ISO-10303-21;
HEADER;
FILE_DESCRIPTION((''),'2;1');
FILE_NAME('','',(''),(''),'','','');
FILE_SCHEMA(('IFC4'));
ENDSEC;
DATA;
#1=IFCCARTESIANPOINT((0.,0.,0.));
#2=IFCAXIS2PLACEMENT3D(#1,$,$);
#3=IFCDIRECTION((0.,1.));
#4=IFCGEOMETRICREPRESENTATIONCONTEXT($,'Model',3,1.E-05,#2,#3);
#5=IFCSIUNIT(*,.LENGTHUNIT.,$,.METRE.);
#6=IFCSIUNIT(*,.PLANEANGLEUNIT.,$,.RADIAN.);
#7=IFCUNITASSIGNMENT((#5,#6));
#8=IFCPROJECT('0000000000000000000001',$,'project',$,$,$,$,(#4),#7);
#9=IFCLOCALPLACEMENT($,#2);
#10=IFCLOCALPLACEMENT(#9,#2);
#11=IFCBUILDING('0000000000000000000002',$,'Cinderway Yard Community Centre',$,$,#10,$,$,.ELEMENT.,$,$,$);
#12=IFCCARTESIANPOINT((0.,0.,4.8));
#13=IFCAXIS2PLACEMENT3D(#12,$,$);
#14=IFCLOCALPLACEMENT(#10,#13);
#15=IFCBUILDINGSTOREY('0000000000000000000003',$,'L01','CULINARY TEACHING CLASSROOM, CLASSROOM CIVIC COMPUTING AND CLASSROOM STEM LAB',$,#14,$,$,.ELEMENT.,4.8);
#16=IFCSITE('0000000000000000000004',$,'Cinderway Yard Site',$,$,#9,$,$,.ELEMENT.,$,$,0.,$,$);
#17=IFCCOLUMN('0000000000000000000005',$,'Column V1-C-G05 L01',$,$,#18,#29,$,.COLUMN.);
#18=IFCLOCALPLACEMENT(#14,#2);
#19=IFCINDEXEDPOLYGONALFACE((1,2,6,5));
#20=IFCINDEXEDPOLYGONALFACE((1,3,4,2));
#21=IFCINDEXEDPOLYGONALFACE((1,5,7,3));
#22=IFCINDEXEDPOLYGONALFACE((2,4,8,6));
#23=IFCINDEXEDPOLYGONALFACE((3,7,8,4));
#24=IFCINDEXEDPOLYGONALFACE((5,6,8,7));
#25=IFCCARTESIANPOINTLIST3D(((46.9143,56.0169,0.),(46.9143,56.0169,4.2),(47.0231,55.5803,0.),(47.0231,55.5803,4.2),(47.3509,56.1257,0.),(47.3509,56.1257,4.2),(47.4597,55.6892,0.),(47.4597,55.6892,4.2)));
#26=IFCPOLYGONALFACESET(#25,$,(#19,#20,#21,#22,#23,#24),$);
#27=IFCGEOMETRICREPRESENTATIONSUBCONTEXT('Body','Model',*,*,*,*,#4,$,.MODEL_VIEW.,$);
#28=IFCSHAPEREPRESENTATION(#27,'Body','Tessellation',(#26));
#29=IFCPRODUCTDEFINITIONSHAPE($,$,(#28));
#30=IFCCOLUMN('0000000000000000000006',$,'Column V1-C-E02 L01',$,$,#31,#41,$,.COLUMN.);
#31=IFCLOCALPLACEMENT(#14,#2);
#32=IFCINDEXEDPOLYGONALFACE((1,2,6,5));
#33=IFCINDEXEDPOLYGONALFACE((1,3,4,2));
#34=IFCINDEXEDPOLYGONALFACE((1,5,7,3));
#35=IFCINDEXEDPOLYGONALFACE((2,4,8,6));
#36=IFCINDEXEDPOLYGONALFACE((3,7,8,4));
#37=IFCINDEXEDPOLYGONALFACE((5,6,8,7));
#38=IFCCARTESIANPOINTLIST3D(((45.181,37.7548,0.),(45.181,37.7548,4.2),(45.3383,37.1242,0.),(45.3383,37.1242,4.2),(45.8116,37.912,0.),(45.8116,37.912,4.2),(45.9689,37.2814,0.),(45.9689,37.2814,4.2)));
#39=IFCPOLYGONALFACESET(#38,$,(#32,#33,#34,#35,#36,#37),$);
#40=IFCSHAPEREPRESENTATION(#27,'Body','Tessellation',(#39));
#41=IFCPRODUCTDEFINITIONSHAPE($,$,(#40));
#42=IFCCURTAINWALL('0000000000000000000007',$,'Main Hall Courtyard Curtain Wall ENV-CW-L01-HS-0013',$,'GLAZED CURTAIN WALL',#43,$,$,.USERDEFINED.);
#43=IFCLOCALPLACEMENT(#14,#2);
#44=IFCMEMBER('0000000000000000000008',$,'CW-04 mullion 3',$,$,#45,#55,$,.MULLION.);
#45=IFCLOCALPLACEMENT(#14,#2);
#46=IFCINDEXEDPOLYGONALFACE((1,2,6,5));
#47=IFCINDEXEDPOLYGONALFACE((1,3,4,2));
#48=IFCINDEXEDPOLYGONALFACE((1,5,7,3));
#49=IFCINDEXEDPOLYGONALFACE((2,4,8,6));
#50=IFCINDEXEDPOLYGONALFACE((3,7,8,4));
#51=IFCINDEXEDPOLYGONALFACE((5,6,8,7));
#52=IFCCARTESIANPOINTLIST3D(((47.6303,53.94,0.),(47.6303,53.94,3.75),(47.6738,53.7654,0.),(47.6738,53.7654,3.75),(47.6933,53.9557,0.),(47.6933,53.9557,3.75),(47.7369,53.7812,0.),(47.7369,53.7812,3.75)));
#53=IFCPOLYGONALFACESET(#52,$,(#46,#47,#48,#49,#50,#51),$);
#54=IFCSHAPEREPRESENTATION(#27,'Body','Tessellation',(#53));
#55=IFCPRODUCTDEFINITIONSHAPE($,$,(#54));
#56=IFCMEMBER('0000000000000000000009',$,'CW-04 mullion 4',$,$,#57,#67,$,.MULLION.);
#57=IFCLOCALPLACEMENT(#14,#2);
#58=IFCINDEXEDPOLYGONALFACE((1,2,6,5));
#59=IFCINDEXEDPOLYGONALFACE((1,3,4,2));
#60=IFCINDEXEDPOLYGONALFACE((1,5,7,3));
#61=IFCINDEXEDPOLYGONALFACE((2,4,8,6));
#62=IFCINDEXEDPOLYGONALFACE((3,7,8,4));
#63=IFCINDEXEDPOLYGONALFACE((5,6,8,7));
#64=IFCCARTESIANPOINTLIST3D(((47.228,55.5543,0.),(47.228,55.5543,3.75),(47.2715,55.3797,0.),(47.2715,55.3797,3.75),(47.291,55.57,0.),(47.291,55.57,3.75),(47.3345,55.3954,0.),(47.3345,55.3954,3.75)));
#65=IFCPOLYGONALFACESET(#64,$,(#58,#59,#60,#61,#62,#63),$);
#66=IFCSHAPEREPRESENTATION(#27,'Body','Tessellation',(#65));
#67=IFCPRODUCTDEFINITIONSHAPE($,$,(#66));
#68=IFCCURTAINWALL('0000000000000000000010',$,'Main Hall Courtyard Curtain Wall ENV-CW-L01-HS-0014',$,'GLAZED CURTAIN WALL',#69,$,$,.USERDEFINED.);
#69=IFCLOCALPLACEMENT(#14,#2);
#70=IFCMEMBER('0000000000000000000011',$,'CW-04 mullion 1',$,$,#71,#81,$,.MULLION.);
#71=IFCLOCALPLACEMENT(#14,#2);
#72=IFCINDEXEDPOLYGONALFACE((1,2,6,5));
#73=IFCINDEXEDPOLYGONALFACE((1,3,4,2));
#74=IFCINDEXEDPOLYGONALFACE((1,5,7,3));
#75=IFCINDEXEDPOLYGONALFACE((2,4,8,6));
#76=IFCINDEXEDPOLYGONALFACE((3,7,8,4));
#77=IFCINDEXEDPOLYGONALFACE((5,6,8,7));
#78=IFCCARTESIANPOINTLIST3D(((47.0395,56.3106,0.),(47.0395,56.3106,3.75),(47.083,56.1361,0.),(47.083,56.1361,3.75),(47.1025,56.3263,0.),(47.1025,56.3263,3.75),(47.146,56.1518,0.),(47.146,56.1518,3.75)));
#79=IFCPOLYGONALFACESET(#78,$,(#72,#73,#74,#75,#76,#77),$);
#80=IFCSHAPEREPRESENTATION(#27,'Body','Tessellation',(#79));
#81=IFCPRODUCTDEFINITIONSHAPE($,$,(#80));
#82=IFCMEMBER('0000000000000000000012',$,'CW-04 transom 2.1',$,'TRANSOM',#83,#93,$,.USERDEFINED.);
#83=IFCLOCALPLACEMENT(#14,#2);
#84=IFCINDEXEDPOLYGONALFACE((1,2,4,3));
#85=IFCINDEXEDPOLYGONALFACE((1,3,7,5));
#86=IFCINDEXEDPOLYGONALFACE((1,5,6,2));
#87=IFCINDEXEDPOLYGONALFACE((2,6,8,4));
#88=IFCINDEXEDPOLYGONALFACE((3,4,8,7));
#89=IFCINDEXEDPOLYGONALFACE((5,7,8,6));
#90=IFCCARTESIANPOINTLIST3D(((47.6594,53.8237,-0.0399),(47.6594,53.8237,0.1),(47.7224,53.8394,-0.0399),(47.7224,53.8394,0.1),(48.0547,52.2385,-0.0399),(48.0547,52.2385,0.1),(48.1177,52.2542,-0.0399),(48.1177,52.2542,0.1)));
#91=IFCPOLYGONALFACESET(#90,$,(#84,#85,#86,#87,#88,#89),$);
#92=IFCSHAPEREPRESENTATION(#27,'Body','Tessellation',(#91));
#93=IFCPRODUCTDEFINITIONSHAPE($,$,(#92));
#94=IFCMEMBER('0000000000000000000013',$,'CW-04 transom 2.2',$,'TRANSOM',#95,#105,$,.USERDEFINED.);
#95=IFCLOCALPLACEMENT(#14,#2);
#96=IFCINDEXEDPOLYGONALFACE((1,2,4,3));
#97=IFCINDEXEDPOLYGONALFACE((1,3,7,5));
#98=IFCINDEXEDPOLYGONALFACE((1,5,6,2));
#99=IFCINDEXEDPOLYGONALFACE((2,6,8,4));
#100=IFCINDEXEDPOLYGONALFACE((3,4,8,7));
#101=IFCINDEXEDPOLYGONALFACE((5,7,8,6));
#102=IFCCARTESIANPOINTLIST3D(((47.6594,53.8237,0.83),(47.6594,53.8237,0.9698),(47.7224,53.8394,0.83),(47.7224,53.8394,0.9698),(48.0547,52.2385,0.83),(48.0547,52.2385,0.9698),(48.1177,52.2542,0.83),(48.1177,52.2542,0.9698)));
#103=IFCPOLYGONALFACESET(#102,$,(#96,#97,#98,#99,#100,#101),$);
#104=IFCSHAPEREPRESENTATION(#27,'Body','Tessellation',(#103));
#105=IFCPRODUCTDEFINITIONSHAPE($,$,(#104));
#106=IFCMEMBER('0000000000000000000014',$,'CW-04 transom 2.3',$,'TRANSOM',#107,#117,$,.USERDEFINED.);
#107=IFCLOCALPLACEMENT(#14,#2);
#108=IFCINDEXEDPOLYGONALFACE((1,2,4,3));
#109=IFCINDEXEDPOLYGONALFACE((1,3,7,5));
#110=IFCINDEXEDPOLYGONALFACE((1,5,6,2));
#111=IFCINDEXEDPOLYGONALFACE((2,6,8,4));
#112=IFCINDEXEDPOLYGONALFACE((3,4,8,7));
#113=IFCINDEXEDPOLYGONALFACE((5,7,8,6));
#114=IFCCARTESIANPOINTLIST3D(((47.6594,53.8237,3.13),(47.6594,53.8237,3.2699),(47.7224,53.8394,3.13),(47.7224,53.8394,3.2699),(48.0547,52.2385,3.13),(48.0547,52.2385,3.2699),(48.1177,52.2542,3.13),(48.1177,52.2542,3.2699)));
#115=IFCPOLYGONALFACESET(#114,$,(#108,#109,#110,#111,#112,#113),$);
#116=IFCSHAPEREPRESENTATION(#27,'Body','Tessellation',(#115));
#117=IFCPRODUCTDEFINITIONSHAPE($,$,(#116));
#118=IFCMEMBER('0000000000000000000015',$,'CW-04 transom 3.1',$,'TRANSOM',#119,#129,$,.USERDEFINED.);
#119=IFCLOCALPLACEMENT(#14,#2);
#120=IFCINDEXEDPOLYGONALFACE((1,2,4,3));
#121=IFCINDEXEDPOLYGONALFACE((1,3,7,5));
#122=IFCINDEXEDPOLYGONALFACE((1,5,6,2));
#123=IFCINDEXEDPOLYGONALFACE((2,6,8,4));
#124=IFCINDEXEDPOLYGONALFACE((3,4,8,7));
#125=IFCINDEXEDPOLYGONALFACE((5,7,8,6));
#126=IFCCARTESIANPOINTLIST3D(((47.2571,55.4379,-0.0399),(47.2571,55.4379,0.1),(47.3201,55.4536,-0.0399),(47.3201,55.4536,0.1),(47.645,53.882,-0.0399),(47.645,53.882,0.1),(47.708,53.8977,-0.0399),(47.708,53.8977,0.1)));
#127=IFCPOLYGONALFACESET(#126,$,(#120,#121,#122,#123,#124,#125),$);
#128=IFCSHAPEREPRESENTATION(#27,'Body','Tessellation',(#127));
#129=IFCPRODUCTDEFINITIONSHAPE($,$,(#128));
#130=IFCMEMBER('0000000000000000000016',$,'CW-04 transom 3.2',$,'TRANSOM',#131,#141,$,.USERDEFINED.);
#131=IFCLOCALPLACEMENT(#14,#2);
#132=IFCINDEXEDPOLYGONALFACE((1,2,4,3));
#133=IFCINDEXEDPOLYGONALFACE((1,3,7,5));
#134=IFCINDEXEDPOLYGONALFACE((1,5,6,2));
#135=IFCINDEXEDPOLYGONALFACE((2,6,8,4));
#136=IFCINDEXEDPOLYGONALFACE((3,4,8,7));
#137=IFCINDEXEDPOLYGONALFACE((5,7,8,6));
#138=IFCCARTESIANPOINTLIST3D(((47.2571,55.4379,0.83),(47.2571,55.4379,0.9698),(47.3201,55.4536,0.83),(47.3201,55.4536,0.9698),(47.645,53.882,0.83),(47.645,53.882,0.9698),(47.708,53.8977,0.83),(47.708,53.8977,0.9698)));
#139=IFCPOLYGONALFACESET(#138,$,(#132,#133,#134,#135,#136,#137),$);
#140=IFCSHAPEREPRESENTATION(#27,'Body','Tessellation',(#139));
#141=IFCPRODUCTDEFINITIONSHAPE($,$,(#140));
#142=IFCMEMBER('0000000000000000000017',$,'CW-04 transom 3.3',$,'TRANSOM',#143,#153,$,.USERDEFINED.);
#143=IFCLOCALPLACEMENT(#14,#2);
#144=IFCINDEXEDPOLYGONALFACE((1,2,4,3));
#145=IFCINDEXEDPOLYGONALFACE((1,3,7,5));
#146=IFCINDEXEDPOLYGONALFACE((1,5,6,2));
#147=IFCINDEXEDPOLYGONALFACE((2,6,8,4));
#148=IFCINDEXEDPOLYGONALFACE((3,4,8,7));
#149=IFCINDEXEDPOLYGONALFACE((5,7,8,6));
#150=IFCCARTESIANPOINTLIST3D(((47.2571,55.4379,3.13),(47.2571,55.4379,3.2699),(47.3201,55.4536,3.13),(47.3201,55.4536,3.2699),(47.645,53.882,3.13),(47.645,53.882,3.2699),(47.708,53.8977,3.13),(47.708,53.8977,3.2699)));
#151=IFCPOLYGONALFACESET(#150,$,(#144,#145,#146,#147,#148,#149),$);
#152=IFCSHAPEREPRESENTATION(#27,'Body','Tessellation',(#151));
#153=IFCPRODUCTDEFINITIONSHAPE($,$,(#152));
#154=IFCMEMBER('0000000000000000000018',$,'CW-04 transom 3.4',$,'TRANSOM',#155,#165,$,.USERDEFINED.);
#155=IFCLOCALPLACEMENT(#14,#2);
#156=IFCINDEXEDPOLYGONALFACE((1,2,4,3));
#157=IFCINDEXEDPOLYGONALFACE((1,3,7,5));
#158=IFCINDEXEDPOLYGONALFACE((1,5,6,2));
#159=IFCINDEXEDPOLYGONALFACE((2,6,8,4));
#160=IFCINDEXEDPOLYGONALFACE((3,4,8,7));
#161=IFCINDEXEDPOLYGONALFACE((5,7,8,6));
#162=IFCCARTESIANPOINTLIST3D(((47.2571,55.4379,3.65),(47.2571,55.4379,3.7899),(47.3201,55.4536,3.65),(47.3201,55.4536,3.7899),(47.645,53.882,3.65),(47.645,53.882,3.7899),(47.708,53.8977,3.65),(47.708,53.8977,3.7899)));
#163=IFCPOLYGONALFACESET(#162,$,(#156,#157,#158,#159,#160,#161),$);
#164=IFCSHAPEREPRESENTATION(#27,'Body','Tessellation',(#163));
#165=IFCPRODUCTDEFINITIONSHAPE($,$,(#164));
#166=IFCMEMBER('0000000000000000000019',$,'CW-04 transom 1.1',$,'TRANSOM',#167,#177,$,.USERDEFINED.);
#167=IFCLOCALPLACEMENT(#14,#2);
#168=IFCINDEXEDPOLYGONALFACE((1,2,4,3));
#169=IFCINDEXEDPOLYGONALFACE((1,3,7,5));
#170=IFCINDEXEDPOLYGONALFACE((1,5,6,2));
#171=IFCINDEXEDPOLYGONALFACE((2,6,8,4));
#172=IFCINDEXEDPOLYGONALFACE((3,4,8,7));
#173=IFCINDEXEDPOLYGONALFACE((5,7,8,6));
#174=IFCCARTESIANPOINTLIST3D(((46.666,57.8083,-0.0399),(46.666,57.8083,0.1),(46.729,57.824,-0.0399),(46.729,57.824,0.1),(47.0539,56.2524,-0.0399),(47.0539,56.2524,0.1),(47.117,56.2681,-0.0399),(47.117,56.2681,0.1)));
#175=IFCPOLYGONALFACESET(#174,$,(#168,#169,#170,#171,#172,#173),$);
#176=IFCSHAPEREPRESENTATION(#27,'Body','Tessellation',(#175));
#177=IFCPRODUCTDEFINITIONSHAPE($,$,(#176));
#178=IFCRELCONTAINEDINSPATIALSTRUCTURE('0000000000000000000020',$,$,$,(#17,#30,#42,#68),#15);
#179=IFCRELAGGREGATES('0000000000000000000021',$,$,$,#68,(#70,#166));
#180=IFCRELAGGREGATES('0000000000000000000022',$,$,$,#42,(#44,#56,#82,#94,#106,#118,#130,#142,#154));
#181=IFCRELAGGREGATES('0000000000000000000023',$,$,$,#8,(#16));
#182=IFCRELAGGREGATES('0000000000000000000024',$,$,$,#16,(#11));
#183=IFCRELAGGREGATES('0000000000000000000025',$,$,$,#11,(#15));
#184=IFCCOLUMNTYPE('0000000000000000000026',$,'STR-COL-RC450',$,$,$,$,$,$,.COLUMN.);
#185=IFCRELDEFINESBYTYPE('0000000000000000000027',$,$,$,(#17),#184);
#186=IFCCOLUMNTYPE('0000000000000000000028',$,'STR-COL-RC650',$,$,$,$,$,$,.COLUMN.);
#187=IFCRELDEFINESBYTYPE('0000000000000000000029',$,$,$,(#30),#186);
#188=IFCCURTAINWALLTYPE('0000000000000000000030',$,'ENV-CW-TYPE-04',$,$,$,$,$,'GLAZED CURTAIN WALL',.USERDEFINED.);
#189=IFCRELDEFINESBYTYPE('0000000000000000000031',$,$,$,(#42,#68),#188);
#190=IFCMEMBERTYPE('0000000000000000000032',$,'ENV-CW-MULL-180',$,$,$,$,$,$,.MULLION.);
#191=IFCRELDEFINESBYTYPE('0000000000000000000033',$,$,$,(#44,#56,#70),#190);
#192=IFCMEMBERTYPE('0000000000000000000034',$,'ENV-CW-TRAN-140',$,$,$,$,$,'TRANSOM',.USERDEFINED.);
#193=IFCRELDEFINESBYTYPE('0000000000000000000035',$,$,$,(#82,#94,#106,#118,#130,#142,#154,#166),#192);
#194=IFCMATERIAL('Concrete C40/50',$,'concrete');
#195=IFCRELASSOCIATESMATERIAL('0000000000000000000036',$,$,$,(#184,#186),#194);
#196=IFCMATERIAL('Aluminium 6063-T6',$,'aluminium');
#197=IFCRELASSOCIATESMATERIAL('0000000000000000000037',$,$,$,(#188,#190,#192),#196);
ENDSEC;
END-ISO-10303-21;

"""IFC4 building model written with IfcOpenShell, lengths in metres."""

from ifc_helpers import new_model, si_unit, direction, frame, origin, origin_2d, place, context, subcontext, project, spatial, rectangle, extrude, material, material_profile, profile_set, type_object, element, aggregate, save


model = new_model("IFC4")

# Units and contexts
model_context = context("Model", 3, precision=1e-05, world=origin(), true_north=direction((0.0, 1.0)))
body_context = subcontext(model_context, "Body", "Model", "MODEL_VIEW")
ifc_project = project(units=[si_unit("LENGTHUNIT", "METRE"), si_unit("PLANEANGLEUNIT", "RADIAN")], contexts=[model_context])

# Site, building, storey
site_placement = place(None, origin())
site = spatial("IfcSite", under=ifc_project, at=site_placement, Name="Cinderway Yard Site", CompositionType="ELEMENT", RefElevation=0.0)
building_placement = place(site_placement, origin())
building = spatial("IfcBuilding", under=site, at=building_placement, Name="Cinderway Yard Community Centre", CompositionType="ELEMENT")
storey_placement = place(building_placement, frame((0.0, 0.0, 4.8)))
storey = spatial("IfcBuildingStorey", under=building, at=storey_placement, Name="L01", Description="CULINARY TEACHING CLASSROOM, CLASSROOM CIVIC COMPUTING AND CLASSROOM STEM LAB", CompositionType="ELEMENT", Elevation=4.8)

# Columns
ifc_material_1 = material(Name="Concrete C40/50", Category="concrete")
ifc_material_profile_1 = material_profile(ifc_material_1, rectangle(XDim=0.45, YDim=0.45, at=origin_2d()), Name="Concrete C40/50")
ifc_profile_set_1 = profile_set([ifc_material_profile_1], Name="Concrete C40/50")
column_type_1 = type_object("IfcColumnType", Name="STR-COL-RC450", PredefinedType="COLUMN", material=ifc_profile_set_1)
column_1_placement = place(storey_placement, frame((47.187, 55.853, 0.0), z_axis=(0.0, 0.0, 1.0), x_axis=(0.970296, 0.241922, 0.0)))
element("IfcColumn", 1, at=column_1_placement, inside=storey, type_object=column_type_1, Name="Column V1-C-G05 L01", PredefinedType="COLUMN", context=body_context, shape_type="SweptSolid", body=[
    extrude(rectangle(XDim=0.45, YDim=0.45, at=origin_2d()), origin(), (0.0, 0.0, 1.0), 4.2),
])
ifc_material_profile_2 = material_profile(ifc_material_1, rectangle(XDim=0.6499, YDim=0.6499, at=origin_2d()), Name="Concrete C40/50")
ifc_profile_set_2 = profile_set([ifc_material_profile_2], Name="Concrete C40/50")
column_type_2 = type_object("IfcColumnType", Name="STR-COL-RC650", PredefinedType="COLUMN", material=ifc_profile_set_2)
column_2_placement = place(storey_placement, frame((45.575, 37.5181, 0.0), z_axis=(0.0, 0.0, 1.0), x_axis=(0.970296, 0.241922, 0.0)))
element("IfcColumn", 2, at=column_2_placement, inside=storey, type_object=column_type_2, Name="Column V1-C-E02 L01", PredefinedType="COLUMN", context=body_context, shape_type="SweptSolid", body=[
    extrude(rectangle(XDim=0.6499, YDim=0.6499, at=origin_2d()), origin(), (0.0, 0.0, 1.0), 4.2),
])

# Curtain wall, members
ifc_material_2 = material(Name="Aluminium 6063-T6", Category="aluminium")
curtain_wall_type = type_object("IfcCurtainWallType", Name="ENV-CW-TYPE-04", ElementType="GLAZED CURTAIN WALL", PredefinedType="USERDEFINED", material=ifc_material_2)
curtain_wall_1_placement = place(storey_placement, origin())
curtain_wall_1 = element("IfcCurtainWall", 3, at=curtain_wall_1_placement, inside=storey, type_object=curtain_wall_type, Name="Main Hall Courtyard Curtain Wall ENV-CW-L01-HS-0013", ObjectType="GLAZED CURTAIN WALL", PredefinedType="USERDEFINED")
ifc_material_profile_3 = material_profile(ifc_material_2, rectangle(XDim=0.0649, YDim=0.1799, at=origin_2d()), Name="Aluminium 6063-T6")
ifc_profile_set_3 = profile_set([ifc_material_profile_3], Name="Aluminium 6063-T6")
member_type_1 = type_object("IfcMemberType", Name="ENV-CW-MULL-180", PredefinedType="MULLION", material=ifc_profile_set_3)
member_1_placement = place(storey_placement, frame((47.6836, 53.8606, 0.0), z_axis=(0.0, 0.0, 1.0), x_axis=(-0.970304, -0.241887, 0.0)))
member_1 = element("IfcMember", 4, at=member_1_placement, type_object=member_type_1, Name="CW-04 mullion 3", PredefinedType="MULLION", context=body_context, shape_type="SweptSolid", body=[
    extrude(rectangle(XDim=0.0649, YDim=0.1799, at=origin_2d()), origin(), (0.0, 0.0, 1.0), 3.75),
])
member_2_placement = place(storey_placement, frame((47.2812, 55.4749, 0.0), z_axis=(0.0, 0.0, 1.0), x_axis=(-0.970304, -0.241887, 0.0)))
member_2 = element("IfcMember", 5, at=member_2_placement, type_object=member_type_1, Name="CW-04 mullion 4", PredefinedType="MULLION", context=body_context, shape_type="SweptSolid", body=[
    extrude(rectangle(XDim=0.0649, YDim=0.1799, at=origin_2d()), origin(), (0.0, 0.0, 1.0), 3.75),
])

# Curtain wall, member
curtain_wall_2_placement = place(storey_placement, origin())
curtain_wall_2 = element("IfcCurtainWall", 6, at=curtain_wall_2_placement, inside=storey, type_object=curtain_wall_type, Name="Main Hall Courtyard Curtain Wall ENV-CW-L01-HS-0014", ObjectType="GLAZED CURTAIN WALL", PredefinedType="USERDEFINED")
member_3_placement = place(storey_placement, frame((47.0928, 56.2312, 0.0), z_axis=(0.0, 0.0, 1.0), x_axis=(-0.970304, -0.241887, 0.0)))
member_3 = element("IfcMember", 7, at=member_3_placement, type_object=member_type_1, Name="CW-04 mullion 1", PredefinedType="MULLION", context=body_context, shape_type="SweptSolid", body=[
    extrude(rectangle(XDim=0.0649, YDim=0.1799, at=origin_2d()), origin(), (0.0, 0.0, 1.0), 3.75),
])

# Members
ifc_material_profile_4 = material_profile(ifc_material_2, rectangle(XDim=0.0649, YDim=0.1399, at=origin_2d()), Name="Aluminium 6063-T6")
ifc_profile_set_4 = profile_set([ifc_material_profile_4], Name="Aluminium 6063-T6")
member_type_2 = type_object("IfcMemberType", Name="ENV-CW-TRAN-140", ElementType="TRANSOM", PredefinedType="USERDEFINED", material=ifc_profile_set_4)
member_4_placement = place(storey_placement, frame((48.0862, 52.2463, 0.03), z_axis=(-0.241938, 0.970292, 0.0), x_axis=(-0.970292, -0.241938, 0.0)))
member_4 = element("IfcMember", 8, at=member_4_placement, type_object=member_type_2, Name="CW-04 transom 2.1", ObjectType="TRANSOM", PredefinedType="USERDEFINED", context=body_context, shape_type="SweptSolid", body=[
    extrude(rectangle(XDim=0.0649, YDim=0.1399, at=origin_2d()), origin(), (0.0, 0.0, 1.0), 1.6338),
])
member_5_placement = place(storey_placement, frame((48.0862, 52.2463, 0.8999), z_axis=(-0.241938, 0.970292, 0.0), x_axis=(-0.970292, -0.241938, 0.0)))
member_5 = element("IfcMember", 9, at=member_5_placement, type_object=member_type_2, Name="CW-04 transom 2.2", ObjectType="TRANSOM", PredefinedType="USERDEFINED", context=body_context, shape_type="SweptSolid", body=[
    extrude(rectangle(XDim=0.0649, YDim=0.1399, at=origin_2d()), origin(), (0.0, 0.0, 1.0), 1.6338),
])
member_6_placement = place(storey_placement, frame((48.0862, 52.2463, 3.2), z_axis=(-0.241938, 0.970292, 0.0), x_axis=(-0.970292, -0.241938, 0.0)))
member_6 = element("IfcMember", 10, at=member_6_placement, type_object=member_type_2, Name="CW-04 transom 2.3", ObjectType="TRANSOM", PredefinedType="USERDEFINED", context=body_context, shape_type="SweptSolid", body=[
    extrude(rectangle(XDim=0.0649, YDim=0.1399, at=origin_2d()), origin(), (0.0, 0.0, 1.0), 1.6338),
])
member_7_placement = place(storey_placement, frame((47.6765, 53.8899, 0.03), z_axis=(-0.241927, 0.970295, 0.0), x_axis=(-0.970295, -0.241927, 0.0)))
member_7 = element("IfcMember", 11, at=member_7_placement, type_object=member_type_2, Name="CW-04 transom 3.1", ObjectType="TRANSOM", PredefinedType="USERDEFINED", context=body_context, shape_type="SweptSolid", body=[
    extrude(rectangle(XDim=0.0649, YDim=0.1399, at=origin_2d()), origin(), (0.0, 0.0, 1.0), 1.6035),
])
member_8_placement = place(storey_placement, frame((47.6765, 53.8899, 0.8999), z_axis=(-0.241927, 0.970295, 0.0), x_axis=(-0.970295, -0.241927, 0.0)))
member_8 = element("IfcMember", 12, at=member_8_placement, type_object=member_type_2, Name="CW-04 transom 3.2", ObjectType="TRANSOM", PredefinedType="USERDEFINED", context=body_context, shape_type="SweptSolid", body=[
    extrude(rectangle(XDim=0.0649, YDim=0.1399, at=origin_2d()), origin(), (0.0, 0.0, 1.0), 1.6035),
])
member_9_placement = place(storey_placement, frame((47.6765, 53.8899, 3.2), z_axis=(-0.241927, 0.970295, 0.0), x_axis=(-0.970295, -0.241927, 0.0)))
member_9 = element("IfcMember", 13, at=member_9_placement, type_object=member_type_2, Name="CW-04 transom 3.3", ObjectType="TRANSOM", PredefinedType="USERDEFINED", context=body_context, shape_type="SweptSolid", body=[
    extrude(rectangle(XDim=0.0649, YDim=0.1399, at=origin_2d()), origin(), (0.0, 0.0, 1.0), 1.6035),
])
member_10_placement = place(storey_placement, frame((47.6765, 53.8899, 3.72), z_axis=(-0.241927, 0.970295, 0.0), x_axis=(-0.970295, -0.241927, 0.0)))
member_10 = element("IfcMember", 14, at=member_10_placement, type_object=member_type_2, Name="CW-04 transom 3.4", ObjectType="TRANSOM", PredefinedType="USERDEFINED", context=body_context, shape_type="SweptSolid", body=[
    extrude(rectangle(XDim=0.0649, YDim=0.1399, at=origin_2d()), origin(), (0.0, 0.0, 1.0), 1.6035),
])
member_11_placement = place(storey_placement, frame((47.0854, 56.2603, 0.03), z_axis=(-0.241927, 0.970295, 0.0), x_axis=(-0.970295, -0.241927, 0.0)))
member_11 = element("IfcMember", 15, at=member_11_placement, type_object=member_type_2, Name="CW-04 transom 1.1", ObjectType="TRANSOM", PredefinedType="USERDEFINED", context=body_context, shape_type="SweptSolid", body=[
    extrude(rectangle(XDim=0.0649, YDim=0.1399, at=origin_2d()), origin(), (0.0, 0.0, 1.0), 1.6035),
])
aggregate(curtain_wall_2, [member_3, member_11])

aggregate(curtain_wall_1, [member_1, member_2, member_4, member_5, member_6, member_7, member_8, member_9, member_10])

save(model, "model.ifc")
